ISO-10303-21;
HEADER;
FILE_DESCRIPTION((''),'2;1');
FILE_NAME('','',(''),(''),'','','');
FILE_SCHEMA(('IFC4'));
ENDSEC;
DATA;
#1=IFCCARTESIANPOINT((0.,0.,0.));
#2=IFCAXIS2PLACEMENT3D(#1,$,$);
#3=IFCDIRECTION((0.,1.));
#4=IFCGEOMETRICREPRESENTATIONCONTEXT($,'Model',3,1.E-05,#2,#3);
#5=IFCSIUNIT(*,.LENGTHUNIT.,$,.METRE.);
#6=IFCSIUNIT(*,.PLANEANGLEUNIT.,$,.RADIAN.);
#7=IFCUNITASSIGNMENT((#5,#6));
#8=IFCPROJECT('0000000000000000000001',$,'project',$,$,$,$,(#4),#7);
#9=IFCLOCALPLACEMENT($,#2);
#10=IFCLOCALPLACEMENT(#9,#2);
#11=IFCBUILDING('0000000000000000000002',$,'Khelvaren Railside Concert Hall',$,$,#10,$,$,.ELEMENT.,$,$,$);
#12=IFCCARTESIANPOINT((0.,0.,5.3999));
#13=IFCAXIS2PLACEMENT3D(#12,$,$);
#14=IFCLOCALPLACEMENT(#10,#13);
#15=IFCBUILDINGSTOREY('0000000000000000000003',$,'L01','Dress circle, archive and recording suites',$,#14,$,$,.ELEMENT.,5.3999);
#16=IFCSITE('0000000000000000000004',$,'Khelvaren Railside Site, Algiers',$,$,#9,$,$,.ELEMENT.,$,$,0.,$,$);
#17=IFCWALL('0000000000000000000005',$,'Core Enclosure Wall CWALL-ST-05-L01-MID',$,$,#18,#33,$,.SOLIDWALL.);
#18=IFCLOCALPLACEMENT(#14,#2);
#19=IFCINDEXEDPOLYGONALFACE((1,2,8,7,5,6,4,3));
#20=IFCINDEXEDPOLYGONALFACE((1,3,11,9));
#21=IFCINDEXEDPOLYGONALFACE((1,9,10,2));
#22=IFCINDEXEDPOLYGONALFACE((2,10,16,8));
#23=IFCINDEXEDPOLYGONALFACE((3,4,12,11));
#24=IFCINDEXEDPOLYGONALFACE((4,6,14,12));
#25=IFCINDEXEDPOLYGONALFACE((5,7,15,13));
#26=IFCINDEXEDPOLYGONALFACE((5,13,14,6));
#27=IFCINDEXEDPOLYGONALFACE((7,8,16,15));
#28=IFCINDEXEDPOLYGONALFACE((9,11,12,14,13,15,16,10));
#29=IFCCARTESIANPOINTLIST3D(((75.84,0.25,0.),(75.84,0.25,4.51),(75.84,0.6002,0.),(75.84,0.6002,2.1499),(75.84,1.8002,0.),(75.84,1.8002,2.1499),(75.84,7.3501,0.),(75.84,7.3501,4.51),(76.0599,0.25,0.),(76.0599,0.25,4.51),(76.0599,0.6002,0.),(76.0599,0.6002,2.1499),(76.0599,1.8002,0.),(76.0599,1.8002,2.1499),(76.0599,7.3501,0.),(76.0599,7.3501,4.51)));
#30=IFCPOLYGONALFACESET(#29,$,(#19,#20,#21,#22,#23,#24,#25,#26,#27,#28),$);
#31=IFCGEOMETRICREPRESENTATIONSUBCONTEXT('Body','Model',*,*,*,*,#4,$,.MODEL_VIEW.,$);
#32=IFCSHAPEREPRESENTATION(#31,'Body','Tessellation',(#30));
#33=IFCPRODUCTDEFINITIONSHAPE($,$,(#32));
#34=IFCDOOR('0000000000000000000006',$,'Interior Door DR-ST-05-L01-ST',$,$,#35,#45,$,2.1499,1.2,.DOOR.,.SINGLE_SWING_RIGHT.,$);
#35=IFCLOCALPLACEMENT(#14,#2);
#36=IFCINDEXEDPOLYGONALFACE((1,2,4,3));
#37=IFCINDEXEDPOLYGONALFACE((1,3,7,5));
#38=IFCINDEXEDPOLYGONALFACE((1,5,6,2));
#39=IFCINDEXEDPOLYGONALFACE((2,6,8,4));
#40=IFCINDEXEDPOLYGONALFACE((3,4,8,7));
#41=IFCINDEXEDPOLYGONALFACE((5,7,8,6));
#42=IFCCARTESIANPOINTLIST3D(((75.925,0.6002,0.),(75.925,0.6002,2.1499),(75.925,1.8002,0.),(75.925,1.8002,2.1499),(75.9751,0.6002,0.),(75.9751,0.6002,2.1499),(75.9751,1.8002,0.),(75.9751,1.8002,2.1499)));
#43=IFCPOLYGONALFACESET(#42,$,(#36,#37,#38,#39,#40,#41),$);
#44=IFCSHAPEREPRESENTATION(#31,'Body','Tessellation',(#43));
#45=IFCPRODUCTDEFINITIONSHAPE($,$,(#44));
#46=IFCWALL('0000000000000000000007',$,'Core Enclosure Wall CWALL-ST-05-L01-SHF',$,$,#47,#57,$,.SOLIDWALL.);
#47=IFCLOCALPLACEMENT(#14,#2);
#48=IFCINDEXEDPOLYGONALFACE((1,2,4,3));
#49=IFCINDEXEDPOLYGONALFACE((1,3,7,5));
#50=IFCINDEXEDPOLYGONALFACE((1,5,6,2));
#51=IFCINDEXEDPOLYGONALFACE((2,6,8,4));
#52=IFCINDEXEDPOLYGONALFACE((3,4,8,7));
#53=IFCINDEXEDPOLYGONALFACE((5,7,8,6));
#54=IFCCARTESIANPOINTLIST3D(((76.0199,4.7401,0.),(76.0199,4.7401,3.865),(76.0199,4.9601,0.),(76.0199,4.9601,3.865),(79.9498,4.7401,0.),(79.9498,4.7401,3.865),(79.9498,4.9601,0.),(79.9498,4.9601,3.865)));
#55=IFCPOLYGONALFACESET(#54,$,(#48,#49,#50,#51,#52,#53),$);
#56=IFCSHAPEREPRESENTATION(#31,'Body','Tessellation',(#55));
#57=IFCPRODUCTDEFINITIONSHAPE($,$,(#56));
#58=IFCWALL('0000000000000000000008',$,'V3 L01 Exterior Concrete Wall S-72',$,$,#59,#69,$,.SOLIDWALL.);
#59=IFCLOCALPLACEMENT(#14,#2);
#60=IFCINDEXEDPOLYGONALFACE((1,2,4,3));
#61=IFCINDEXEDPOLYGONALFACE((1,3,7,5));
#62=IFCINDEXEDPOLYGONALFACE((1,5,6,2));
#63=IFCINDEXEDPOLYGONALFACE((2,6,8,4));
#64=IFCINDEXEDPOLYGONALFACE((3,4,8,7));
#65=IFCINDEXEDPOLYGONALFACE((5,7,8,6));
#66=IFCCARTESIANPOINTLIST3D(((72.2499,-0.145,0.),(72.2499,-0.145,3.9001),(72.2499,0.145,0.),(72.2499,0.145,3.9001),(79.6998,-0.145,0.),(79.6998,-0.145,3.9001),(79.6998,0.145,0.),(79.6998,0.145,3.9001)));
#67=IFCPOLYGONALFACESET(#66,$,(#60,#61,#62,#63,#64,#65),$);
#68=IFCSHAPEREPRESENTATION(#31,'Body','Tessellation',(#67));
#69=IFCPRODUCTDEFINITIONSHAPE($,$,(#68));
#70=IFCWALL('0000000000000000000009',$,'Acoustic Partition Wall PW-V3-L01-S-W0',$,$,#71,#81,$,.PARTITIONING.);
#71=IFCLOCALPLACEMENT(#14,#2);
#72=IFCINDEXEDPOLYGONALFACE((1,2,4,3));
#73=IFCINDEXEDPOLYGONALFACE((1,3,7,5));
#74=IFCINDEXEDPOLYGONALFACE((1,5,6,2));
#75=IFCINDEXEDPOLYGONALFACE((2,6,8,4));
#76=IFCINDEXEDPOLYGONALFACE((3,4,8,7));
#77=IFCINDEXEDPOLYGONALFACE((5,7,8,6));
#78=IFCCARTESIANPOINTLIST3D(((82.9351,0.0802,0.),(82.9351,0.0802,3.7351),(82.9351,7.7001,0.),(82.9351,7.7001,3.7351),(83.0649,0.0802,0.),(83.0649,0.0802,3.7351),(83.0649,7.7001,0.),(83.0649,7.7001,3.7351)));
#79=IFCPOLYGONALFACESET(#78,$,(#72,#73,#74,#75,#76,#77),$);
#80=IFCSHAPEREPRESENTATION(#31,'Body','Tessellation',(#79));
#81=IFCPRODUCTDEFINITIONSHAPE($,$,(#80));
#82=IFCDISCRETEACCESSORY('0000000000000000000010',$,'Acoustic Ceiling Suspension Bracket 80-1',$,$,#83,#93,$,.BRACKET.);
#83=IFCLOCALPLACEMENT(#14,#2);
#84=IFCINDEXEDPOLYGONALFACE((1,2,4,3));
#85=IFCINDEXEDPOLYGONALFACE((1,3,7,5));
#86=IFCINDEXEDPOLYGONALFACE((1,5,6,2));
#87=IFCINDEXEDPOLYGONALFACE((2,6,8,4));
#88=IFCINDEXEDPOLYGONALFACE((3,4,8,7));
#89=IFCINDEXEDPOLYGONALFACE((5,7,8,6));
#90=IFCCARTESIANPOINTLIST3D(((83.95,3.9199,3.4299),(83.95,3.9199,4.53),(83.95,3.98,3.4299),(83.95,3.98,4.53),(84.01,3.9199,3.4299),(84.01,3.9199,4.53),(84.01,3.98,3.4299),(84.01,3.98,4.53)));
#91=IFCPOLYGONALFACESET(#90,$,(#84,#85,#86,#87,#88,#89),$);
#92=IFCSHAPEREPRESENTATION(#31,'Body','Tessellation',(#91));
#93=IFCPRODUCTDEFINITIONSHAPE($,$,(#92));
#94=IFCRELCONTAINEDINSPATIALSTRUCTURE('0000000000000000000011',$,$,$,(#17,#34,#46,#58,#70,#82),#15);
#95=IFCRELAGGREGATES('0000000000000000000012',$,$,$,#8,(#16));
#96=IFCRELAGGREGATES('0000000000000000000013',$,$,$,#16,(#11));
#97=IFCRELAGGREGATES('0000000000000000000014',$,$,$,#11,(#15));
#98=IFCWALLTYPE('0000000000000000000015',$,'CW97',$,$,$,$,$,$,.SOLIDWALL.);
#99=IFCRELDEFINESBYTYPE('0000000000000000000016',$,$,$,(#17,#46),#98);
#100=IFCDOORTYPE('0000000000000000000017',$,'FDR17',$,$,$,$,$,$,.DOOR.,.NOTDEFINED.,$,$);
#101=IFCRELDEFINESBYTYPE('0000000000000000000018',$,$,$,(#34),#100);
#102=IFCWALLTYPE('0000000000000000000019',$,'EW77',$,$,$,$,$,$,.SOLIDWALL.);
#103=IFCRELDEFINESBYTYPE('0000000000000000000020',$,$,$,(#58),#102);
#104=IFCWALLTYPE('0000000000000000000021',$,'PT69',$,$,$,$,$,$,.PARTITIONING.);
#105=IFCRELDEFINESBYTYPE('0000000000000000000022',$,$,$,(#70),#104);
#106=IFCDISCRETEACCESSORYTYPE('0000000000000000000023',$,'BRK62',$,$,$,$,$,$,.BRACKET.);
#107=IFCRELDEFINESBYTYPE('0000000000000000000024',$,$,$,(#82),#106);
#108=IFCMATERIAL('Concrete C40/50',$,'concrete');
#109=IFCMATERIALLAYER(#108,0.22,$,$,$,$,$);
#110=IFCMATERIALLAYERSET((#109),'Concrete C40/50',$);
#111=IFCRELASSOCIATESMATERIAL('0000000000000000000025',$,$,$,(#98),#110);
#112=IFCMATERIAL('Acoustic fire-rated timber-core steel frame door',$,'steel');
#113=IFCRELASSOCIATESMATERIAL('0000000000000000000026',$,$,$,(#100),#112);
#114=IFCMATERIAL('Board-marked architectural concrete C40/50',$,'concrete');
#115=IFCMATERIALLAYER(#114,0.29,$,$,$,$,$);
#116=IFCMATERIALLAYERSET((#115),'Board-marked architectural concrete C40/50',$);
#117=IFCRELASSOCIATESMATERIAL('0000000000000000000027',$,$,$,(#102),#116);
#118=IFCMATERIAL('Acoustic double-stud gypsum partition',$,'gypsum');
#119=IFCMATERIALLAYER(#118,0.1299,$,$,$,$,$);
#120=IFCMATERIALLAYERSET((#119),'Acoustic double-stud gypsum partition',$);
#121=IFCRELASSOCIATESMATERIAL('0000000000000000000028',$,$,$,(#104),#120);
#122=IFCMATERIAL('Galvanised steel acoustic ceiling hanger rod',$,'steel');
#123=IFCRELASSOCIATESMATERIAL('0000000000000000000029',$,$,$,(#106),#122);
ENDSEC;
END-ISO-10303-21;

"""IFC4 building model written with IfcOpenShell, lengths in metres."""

from ifc_helpers import new_model, si_unit, direction, frame, frame_2d, origin, origin_2d, place, context, subcontext, project, spatial, rectangle, extrude, material, layer, layer_set, type_object, element, fill, save


model = new_model("IFC4")

# Units and contexts
model_context = context("Model", 3, precision=1e-05, world=origin(), true_north=direction((0.0, 1.0)))
body_context = subcontext(model_context, "Body", "Model", "MODEL_VIEW")
ifc_project = project(units=[si_unit("LENGTHUNIT", "METRE"), si_unit("PLANEANGLEUNIT", "RADIAN")], contexts=[model_context])

# Site, building, storey
site_placement = place(None, origin())
site = spatial("IfcSite", under=ifc_project, at=site_placement, Name="Khelvaren Railside Site, Algiers", CompositionType="ELEMENT", RefElevation=0.0)
building_placement = place(site_placement, origin())
building = spatial("IfcBuilding", under=site, at=building_placement, Name="Khelvaren Railside Concert Hall", CompositionType="ELEMENT")
storey_placement = place(building_placement, frame((0.0, 0.0, 5.3999)))
storey = spatial("IfcBuildingStorey", under=building, at=storey_placement, Name="L01", Description="Dress circle, archive and recording suites", CompositionType="ELEMENT", Elevation=5.3999)

# Shared definitions
ifc_material_1 = material(Name="Concrete C40/50", Category="concrete")

# Wall, opening, door
ifc_material_2 = material(Name="Acoustic fire-rated timber-core steel frame door", Category="steel")
ifc_layer_1 = layer(ifc_material_1, 0.22)
ifc_layer_set_1 = layer_set([ifc_layer_1], Name="Concrete C40/50")
wall_type_1 = type_object("IfcWallType", Name="CW97", PredefinedType="SOLIDWALL", material=ifc_layer_set_1)
wall_1_placement = place(storey_placement, frame((75.95, 0.25, 0.0), z_axis=(0.0, 0.0, 1.0), x_axis=(0.0, 1.0, 0.0)))
wall_1 = element("IfcWall", 1, at=wall_1_placement, inside=storey, type_object=wall_type_1, Name="Core Enclosure Wall CWALL-ST-05-L01-MID", PredefinedType="SOLIDWALL", context=body_context, shape_type="SweptSolid", body=[
    extrude(rectangle(XDim=7.1001, YDim=0.22, at=frame_2d((3.55, 0.0))), origin(), (0.0, 0.0, 1.0), 4.51),
])
opening_1_placement = place(wall_1_placement, frame((0.3501, 0.0, 0.0)))
opening_1 = element("IfcOpeningElement", 2, at=opening_1_placement, cuts=wall_1, PredefinedType="OPENING", context=body_context, shape_type="SweptSolid", body=[
    extrude(rectangle(XDim=1.2, YDim=2.1499, at=frame_2d((0.6001, 1.075))), frame((0.0, 0.1199, 0.0), z_axis=(0.0, -1.0, 0.0), x_axis=(1.0, 0.0, 0.0)), (0.0, 0.0, 1.0), 0.24),
])
door_type_1 = type_object("IfcDoorType", Name="FDR17", OperationType="NOTDEFINED", PredefinedType="DOOR", material=ifc_material_2)
door_1_placement = place(opening_1_placement, origin())
door_1 = element("IfcDoor", 3, at=door_1_placement, inside=storey, type_object=door_type_1, Name="Interior Door DR-ST-05-L01-ST", OperationType="SINGLE_SWING_RIGHT", OverallHeight=2.1499, OverallWidth=1.2, PredefinedType="DOOR", context=body_context, shape_type="SweptSolid", body=[
    extrude(rectangle(XDim=1.2, YDim=2.1499, at=frame_2d((0.6001, 1.075))), frame((0.0, 0.0249, 0.0), z_axis=(0.0, -1.0, 0.0), x_axis=(1.0, 0.0, 0.0)), (0.0, 0.0, 1.0), 0.05),
])
fill(opening_1, door_1)

# Walls
wall_2_placement = place(storey_placement, frame((76.02, 4.8501, 0.0), z_axis=(0.0, 0.0, 1.0), x_axis=(1.0, 0.0, 0.0)))
element("IfcWall", 4, at=wall_2_placement, inside=storey, type_object=wall_type_1, Name="Core Enclosure Wall CWALL-ST-05-L01-SHF", PredefinedType="SOLIDWALL", context=body_context, shape_type="SweptSolid", body=[
    extrude(rectangle(XDim=3.9299, YDim=0.22, at=frame_2d((1.9648, 0.0))), origin(), (0.0, 0.0, 1.0), 3.865),
])
ifc_material_3 = material(Name="Board-marked architectural concrete C40/50", Category="concrete")
ifc_layer_2 = layer(ifc_material_3, 0.29)
ifc_layer_set_2 = layer_set([ifc_layer_2], Name="Board-marked architectural concrete C40/50")
wall_type_2 = type_object("IfcWallType", Name="EW77", PredefinedType="SOLIDWALL", material=ifc_layer_set_2)
wall_3_placement = place(storey_placement, frame((79.7, 0.0, 0.0), z_axis=(0.0, 0.0, 1.0), x_axis=(-1.0, 0.0, 0.0)))
element("IfcWall", 5, at=wall_3_placement, inside=storey, type_object=wall_type_2, Name="V3 L01 Exterior Concrete Wall S-72", PredefinedType="SOLIDWALL", context=body_context, shape_type="SweptSolid", body=[
    extrude(rectangle(XDim=7.45, YDim=0.29, at=frame_2d((3.7251, 0.0))), origin(), (0.0, 0.0, 1.0), 3.9001),
])
ifc_material_4 = material(Name="Acoustic double-stud gypsum partition", Category="gypsum")
ifc_layer_3 = layer(ifc_material_4, 0.1299)
ifc_layer_set_3 = layer_set([ifc_layer_3], Name="Acoustic double-stud gypsum partition")
wall_type_3 = type_object("IfcWallType", Name="PT69", PredefinedType="PARTITIONING", material=ifc_layer_set_3)
wall_4_placement = place(storey_placement, frame((83.0, 0.0801, 0.0), z_axis=(0.0, 0.0, 1.0), x_axis=(0.0, 1.0, 0.0)))
element("IfcWall", 6, at=wall_4_placement, inside=storey, type_object=wall_type_3, Name="Acoustic Partition Wall PW-V3-L01-S-W0", PredefinedType="PARTITIONING", context=body_context, shape_type="SweptSolid", body=[
    extrude(rectangle(XDim=7.6199, YDim=0.1299, at=frame_2d((3.8101, 0.0))), origin(), (0.0, 0.0, 1.0), 3.7351),
])

# Discrete accessory
ifc_material_5 = material(Name="Galvanised steel acoustic ceiling hanger rod", Category="steel")
discrete_accessory_type = type_object("IfcDiscreteAccessoryType", Name="BRK62", PredefinedType="BRACKET", material=ifc_material_5)
discrete_accessory_placement = place(storey_placement, frame((83.98, 3.95, 3.4299), z_axis=(0.0, 0.0, 1.0), x_axis=(1.0, 0.0, 0.0)))
element("IfcDiscreteAccessory", 7, at=discrete_accessory_placement, inside=storey, type_object=discrete_accessory_type, Name="Acoustic Ceiling Suspension Bracket 80-1", PredefinedType="BRACKET", context=body_context, shape_type="SweptSolid", body=[
    extrude(rectangle(XDim=0.0601, YDim=0.0601, at=origin_2d()), origin(), (0.0, 0.0, 1.0), 1.1001),
])

save(model, "model.ifc")
